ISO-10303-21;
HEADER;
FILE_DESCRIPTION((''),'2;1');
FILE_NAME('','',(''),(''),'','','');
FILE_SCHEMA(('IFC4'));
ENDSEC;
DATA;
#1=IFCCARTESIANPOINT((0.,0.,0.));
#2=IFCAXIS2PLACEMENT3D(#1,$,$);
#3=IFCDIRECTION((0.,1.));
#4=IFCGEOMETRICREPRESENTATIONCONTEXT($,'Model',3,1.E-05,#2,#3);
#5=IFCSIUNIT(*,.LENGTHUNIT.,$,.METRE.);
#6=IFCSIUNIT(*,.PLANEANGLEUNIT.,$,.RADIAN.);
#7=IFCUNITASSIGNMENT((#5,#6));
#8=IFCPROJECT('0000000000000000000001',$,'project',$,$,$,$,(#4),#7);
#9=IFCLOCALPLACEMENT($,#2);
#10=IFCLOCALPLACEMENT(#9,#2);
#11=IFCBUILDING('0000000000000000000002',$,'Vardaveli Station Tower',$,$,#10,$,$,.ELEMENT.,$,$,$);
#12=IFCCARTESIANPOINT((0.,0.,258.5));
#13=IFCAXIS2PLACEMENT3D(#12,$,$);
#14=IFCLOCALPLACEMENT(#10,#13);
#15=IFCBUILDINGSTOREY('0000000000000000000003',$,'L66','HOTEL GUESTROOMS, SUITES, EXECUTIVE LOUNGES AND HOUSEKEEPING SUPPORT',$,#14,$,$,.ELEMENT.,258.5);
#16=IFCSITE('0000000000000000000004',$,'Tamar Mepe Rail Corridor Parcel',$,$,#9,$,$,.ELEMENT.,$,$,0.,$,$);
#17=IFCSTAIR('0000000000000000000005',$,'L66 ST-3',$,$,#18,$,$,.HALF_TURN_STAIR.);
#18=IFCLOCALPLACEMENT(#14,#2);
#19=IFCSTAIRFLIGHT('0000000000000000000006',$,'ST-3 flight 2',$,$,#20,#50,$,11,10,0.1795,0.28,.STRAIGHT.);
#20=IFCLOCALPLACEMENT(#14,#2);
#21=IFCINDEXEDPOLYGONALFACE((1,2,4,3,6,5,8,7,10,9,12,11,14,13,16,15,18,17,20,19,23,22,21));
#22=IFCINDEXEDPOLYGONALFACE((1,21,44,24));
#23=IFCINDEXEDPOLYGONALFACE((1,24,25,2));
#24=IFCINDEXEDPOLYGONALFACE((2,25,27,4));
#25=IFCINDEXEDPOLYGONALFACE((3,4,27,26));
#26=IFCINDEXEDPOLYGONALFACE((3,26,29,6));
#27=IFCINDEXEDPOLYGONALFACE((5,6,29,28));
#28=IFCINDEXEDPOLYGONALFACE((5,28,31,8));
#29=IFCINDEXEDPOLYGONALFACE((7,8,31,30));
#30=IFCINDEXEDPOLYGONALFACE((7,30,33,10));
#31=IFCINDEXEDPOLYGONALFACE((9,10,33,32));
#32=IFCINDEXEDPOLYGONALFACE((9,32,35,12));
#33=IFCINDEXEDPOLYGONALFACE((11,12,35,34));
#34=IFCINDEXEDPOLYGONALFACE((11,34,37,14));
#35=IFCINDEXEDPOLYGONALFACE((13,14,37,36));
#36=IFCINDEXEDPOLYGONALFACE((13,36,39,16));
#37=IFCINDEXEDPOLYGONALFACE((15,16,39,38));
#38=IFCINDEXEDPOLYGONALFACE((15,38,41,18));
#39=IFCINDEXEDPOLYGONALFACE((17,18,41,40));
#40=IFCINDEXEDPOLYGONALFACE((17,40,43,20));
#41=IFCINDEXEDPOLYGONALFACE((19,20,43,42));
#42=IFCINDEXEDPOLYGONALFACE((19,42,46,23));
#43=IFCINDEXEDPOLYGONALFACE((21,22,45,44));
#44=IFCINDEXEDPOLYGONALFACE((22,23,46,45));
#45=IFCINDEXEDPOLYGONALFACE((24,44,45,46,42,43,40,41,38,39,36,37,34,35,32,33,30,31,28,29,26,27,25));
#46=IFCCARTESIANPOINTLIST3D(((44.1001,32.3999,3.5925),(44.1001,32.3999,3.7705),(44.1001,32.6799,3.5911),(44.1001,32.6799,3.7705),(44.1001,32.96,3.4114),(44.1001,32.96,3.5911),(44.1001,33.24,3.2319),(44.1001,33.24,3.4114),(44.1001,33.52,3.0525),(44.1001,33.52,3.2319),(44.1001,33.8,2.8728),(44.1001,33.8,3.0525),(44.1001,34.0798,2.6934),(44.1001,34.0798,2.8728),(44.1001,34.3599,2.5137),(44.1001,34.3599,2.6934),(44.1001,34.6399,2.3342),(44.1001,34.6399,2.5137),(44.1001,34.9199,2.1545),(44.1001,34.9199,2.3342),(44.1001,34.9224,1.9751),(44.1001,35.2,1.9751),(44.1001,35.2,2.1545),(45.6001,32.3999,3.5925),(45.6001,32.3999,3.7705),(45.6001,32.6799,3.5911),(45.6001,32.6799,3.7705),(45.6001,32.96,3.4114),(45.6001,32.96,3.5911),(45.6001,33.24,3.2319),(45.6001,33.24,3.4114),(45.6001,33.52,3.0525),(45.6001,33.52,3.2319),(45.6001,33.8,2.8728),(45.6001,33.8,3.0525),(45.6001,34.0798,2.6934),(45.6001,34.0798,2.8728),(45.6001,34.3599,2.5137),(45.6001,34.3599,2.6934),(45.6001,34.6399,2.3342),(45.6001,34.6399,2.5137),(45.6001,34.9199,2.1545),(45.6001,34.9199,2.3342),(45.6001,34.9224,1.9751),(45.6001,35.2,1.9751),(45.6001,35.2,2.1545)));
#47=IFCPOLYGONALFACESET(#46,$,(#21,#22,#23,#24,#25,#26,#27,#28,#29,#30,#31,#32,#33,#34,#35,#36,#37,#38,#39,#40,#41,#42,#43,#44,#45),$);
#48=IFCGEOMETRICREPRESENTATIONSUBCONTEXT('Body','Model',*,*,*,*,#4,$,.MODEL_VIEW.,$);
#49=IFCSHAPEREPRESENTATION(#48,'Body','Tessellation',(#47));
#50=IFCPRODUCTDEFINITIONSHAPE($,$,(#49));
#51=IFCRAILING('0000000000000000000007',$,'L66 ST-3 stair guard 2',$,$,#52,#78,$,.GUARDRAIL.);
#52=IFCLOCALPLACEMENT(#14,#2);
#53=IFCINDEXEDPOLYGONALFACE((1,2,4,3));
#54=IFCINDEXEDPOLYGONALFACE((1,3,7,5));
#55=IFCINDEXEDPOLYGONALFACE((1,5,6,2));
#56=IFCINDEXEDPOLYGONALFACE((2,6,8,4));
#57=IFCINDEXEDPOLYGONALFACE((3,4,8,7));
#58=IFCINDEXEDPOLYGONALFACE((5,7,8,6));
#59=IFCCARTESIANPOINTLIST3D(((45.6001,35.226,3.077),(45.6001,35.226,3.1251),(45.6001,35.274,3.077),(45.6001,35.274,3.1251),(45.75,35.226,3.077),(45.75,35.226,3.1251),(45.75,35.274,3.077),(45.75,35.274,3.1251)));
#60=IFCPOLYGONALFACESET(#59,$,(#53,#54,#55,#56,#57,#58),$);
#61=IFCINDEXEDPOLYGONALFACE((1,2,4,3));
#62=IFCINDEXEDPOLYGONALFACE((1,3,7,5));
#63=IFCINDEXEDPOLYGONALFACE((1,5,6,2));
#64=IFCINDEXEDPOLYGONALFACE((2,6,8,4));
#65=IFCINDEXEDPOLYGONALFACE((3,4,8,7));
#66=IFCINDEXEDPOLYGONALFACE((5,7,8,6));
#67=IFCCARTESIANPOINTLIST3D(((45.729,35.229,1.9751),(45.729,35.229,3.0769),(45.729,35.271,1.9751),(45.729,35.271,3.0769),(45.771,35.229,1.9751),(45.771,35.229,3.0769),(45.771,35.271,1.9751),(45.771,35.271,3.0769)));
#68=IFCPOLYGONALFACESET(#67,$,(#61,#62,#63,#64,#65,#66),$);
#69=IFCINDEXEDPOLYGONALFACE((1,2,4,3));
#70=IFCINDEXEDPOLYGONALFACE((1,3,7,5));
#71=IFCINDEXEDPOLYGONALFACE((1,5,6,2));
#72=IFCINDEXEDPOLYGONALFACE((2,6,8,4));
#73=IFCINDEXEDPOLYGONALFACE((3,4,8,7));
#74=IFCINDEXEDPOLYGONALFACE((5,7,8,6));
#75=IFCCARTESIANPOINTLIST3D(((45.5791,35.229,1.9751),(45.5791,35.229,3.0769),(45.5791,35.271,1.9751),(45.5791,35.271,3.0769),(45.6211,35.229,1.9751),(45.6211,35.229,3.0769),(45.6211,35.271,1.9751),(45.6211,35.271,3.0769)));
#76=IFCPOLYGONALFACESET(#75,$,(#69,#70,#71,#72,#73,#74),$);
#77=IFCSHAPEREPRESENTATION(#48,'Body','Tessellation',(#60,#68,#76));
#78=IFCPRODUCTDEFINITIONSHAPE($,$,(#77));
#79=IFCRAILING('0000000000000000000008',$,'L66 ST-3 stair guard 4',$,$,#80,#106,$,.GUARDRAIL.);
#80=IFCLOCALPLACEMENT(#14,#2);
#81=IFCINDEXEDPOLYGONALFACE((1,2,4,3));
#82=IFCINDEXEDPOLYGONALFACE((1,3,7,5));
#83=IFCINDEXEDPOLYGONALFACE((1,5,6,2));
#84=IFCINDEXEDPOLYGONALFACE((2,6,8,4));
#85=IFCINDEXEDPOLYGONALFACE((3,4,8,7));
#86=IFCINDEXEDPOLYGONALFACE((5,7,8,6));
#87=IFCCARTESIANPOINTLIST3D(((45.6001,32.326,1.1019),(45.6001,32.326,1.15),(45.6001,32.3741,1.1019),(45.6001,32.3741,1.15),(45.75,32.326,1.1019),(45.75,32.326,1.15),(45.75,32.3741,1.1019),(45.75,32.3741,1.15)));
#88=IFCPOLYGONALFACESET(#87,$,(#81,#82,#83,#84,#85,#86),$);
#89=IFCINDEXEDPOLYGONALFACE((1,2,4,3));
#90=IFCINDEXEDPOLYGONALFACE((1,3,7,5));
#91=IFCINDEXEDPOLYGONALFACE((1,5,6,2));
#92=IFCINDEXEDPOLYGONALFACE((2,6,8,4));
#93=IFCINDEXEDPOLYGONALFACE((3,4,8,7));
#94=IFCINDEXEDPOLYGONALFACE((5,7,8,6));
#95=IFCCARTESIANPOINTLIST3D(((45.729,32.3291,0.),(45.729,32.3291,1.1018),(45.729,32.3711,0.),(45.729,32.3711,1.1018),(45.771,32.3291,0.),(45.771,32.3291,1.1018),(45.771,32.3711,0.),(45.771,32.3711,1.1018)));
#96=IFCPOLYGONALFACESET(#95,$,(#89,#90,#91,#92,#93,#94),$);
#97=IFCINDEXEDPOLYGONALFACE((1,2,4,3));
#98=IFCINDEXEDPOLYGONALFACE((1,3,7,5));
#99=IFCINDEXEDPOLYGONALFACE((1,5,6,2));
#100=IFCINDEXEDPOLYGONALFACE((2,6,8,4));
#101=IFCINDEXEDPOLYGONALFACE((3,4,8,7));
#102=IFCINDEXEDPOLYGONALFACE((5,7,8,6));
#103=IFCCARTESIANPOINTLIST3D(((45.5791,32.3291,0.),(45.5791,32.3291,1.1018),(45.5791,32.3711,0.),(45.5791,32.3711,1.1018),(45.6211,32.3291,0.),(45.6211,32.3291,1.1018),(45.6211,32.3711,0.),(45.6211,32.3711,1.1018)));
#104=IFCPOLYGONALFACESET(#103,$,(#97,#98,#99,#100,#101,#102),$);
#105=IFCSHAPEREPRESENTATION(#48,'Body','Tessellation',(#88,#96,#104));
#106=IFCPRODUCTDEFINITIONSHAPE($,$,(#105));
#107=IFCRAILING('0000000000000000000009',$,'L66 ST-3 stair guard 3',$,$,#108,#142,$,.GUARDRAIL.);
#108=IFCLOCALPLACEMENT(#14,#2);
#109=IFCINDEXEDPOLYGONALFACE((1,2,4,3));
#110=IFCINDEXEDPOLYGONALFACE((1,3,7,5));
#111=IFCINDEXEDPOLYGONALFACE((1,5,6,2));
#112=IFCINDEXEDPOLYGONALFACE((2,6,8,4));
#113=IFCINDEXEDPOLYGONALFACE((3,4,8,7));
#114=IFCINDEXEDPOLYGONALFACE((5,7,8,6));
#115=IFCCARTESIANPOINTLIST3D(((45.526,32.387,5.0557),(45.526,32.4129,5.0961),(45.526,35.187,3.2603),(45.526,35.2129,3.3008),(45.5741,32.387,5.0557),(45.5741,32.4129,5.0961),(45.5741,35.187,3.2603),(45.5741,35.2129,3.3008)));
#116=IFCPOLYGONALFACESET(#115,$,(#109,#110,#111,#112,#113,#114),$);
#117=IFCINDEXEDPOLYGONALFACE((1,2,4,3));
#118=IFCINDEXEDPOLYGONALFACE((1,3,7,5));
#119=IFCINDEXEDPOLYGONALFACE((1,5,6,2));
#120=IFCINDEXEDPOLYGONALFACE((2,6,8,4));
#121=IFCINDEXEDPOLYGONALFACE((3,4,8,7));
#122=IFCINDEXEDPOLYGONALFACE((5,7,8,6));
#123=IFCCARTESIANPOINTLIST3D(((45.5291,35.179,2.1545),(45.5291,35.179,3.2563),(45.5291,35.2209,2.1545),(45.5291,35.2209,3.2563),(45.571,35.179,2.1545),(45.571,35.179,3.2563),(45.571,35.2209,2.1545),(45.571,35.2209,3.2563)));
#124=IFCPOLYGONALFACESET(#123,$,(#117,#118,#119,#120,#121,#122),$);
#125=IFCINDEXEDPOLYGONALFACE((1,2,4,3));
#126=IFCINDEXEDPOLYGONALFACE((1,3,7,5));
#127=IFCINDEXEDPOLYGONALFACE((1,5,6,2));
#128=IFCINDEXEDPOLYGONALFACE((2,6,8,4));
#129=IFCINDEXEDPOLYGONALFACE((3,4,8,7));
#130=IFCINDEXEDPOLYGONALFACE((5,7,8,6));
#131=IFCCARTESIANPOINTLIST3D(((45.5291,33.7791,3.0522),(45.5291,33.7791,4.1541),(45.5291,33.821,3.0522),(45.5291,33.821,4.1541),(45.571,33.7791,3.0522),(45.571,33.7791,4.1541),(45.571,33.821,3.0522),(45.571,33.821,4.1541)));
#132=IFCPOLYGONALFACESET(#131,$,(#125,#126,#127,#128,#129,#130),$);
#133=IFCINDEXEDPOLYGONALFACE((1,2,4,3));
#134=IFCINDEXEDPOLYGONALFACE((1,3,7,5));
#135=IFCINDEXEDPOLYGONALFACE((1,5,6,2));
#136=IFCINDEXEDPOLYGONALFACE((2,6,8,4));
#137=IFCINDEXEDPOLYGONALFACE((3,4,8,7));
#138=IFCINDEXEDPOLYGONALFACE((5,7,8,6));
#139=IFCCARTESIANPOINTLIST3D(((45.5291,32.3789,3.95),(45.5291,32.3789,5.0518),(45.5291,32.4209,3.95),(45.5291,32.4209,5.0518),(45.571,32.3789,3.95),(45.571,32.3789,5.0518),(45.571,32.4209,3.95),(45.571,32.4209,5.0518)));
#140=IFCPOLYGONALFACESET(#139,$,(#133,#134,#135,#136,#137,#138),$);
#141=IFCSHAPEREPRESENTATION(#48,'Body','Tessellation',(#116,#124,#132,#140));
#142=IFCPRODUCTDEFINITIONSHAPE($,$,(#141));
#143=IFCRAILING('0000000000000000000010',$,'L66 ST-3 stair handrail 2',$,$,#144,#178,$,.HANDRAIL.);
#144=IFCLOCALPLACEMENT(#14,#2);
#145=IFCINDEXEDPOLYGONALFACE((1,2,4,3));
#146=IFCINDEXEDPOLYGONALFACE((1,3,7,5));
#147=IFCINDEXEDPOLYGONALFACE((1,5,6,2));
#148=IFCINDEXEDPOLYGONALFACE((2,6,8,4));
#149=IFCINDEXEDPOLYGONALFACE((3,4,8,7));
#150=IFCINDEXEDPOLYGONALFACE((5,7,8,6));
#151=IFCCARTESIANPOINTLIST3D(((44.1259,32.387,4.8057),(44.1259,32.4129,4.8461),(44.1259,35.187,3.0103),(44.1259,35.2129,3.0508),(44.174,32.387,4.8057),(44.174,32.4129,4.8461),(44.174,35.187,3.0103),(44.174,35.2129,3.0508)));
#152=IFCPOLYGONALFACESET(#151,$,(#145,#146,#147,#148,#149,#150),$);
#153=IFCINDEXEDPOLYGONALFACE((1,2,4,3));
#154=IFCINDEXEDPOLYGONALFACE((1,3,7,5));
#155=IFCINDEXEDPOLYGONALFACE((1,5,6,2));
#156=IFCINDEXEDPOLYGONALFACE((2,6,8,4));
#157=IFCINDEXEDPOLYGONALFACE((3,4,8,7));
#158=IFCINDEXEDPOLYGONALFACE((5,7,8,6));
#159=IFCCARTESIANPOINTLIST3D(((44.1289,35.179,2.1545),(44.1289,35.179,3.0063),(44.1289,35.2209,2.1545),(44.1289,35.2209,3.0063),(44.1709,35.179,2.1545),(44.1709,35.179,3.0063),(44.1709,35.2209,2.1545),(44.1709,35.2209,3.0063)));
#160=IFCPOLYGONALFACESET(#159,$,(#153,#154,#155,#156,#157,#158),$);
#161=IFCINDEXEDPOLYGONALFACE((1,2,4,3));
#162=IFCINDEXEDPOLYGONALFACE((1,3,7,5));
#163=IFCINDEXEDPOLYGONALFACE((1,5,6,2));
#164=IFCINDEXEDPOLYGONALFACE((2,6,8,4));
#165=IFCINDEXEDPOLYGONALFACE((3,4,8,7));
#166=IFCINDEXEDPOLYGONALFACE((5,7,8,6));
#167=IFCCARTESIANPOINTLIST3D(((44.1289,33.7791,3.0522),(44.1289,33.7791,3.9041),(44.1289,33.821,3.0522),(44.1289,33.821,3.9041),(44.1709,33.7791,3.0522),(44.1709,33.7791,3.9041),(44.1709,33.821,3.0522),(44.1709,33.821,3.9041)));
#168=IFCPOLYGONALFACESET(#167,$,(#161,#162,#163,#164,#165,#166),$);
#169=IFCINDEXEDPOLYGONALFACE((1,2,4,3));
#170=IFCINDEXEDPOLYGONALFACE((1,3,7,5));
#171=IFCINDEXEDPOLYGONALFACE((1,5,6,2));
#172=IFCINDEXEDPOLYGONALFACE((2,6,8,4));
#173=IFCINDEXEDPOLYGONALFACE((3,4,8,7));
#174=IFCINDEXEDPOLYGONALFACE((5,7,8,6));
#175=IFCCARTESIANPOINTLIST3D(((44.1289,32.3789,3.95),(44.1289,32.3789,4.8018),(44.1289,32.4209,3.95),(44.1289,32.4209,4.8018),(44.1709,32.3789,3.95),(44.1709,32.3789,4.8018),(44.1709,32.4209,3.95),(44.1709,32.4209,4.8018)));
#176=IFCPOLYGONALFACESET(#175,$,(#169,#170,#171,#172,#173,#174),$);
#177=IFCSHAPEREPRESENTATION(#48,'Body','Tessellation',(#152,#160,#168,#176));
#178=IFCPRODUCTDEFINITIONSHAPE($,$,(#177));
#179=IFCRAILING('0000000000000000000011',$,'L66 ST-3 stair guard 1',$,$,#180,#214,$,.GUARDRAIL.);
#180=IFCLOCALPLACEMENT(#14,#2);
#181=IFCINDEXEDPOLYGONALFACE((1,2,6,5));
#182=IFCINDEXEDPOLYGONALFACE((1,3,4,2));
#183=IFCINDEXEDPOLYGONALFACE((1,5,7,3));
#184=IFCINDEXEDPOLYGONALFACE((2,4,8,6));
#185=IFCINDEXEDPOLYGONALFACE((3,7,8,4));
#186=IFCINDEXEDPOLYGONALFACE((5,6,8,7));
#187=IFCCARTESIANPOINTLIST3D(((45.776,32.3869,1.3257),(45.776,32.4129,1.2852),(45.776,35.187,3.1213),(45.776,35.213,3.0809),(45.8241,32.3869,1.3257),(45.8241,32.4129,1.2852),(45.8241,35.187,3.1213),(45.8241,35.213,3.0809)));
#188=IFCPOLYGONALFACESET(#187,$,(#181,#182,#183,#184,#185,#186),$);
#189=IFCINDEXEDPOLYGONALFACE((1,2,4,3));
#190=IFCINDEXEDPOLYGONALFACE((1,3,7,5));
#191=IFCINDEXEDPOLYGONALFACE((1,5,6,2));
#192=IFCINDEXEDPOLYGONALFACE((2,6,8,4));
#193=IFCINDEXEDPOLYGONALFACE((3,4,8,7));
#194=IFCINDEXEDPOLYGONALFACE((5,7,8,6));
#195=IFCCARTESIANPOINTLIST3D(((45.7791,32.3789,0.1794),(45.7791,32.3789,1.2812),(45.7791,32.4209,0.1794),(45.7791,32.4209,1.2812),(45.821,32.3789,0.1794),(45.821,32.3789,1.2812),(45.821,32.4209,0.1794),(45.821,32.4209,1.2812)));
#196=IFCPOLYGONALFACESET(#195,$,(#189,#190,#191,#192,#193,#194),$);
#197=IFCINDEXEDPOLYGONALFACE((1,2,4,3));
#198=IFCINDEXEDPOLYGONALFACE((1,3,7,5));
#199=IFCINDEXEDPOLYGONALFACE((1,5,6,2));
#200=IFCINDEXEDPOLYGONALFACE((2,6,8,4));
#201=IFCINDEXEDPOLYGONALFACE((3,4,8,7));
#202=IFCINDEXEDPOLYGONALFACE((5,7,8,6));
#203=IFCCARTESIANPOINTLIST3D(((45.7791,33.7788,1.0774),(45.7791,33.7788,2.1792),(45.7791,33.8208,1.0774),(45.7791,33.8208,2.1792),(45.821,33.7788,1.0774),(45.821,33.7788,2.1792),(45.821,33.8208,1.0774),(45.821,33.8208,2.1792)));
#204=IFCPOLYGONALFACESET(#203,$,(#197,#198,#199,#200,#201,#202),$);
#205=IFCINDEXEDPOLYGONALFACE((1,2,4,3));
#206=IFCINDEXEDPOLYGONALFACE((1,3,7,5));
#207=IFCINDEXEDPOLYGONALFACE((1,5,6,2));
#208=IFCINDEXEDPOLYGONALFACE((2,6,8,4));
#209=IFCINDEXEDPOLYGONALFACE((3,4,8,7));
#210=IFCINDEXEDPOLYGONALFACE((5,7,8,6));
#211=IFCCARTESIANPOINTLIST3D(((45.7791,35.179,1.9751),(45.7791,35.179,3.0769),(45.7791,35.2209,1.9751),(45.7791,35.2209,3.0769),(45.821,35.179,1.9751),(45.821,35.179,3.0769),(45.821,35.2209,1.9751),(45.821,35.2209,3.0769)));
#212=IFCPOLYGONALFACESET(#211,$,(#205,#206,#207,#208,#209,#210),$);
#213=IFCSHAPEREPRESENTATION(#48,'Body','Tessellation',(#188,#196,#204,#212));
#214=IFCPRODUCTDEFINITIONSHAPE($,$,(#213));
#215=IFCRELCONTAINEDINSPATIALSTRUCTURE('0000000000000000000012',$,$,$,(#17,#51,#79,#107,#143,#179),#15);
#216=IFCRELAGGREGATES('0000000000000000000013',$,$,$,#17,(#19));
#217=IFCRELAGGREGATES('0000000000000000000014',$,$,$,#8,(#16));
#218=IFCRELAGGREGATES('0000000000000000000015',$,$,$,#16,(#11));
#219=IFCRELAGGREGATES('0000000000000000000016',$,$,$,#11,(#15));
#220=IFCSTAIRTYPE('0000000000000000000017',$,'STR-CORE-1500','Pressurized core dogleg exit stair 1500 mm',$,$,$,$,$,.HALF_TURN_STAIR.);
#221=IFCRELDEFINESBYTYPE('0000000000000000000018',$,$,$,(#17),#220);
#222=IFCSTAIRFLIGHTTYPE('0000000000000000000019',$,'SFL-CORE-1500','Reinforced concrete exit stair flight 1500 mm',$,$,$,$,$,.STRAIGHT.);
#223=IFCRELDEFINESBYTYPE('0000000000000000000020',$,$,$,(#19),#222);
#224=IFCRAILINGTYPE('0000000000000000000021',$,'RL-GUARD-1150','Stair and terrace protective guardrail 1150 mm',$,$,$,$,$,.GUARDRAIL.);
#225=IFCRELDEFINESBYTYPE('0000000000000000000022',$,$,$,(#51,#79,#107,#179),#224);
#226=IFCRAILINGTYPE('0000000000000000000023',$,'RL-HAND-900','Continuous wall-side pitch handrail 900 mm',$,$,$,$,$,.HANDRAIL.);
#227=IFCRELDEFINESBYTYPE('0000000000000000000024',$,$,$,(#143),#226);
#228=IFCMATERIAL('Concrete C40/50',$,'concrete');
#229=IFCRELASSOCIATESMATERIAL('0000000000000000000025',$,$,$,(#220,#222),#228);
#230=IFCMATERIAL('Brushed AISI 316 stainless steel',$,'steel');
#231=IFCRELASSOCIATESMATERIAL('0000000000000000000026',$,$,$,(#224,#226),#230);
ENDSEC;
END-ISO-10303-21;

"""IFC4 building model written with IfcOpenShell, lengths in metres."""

from ifc_helpers import new_model, si_unit, direction, frame, origin, origin_2d, place, context, subcontext, project, spatial, polyline, rectangle, outline, extrude, source, transform, mapped, material, type_object, element, aggregate, save


model = new_model("IFC4")

# Units and contexts
model_context = context("Model", 3, precision=1e-05, world=origin(), true_north=direction((0.0, 1.0)))
body_context = subcontext(model_context, "Body", "Model", "MODEL_VIEW")
ifc_project = project(units=[si_unit("LENGTHUNIT", "METRE"), si_unit("PLANEANGLEUNIT", "RADIAN")], contexts=[model_context])

# Site, building, storey
site_placement = place(None, origin())
site = spatial("IfcSite", under=ifc_project, at=site_placement, Name="Tamar Mepe Rail Corridor Parcel", CompositionType="ELEMENT", RefElevation=0.0)
building_placement = place(site_placement, origin())
building = spatial("IfcBuilding", under=site, at=building_placement, Name="Vardaveli Station Tower", CompositionType="ELEMENT")
storey_placement = place(building_placement, frame((0.0, 0.0, 258.5)))
storey = spatial("IfcBuildingStorey", under=building, at=storey_placement, Name="L66", Description="HOTEL GUESTROOMS, SUITES, EXECUTIVE LOUNGES AND HOUSEKEEPING SUPPORT", CompositionType="ELEMENT", Elevation=258.5)

# Shared definitions
ifc_material_1 = material(Name="Concrete C40/50", Category="concrete")

# Stair, stair flight
stair_type = type_object("IfcStairType", Name="STR-CORE-1500", Description="Pressurized core dogleg exit stair 1500 mm", PredefinedType="HALF_TURN_STAIR", material=ifc_material_1)
stair_placement = place(storey_placement, origin())
stair = element("IfcStair", 1, at=stair_placement, inside=storey, type_object=stair_type, Name="L66 ST-3", PredefinedType="HALF_TURN_STAIR")
stair_flight_type = type_object("IfcStairFlightType", Name="SFL-CORE-1500", Description="Reinforced concrete exit stair flight 1500 mm", PredefinedType="STRAIGHT", material=ifc_material_1)
shared_shape_1 = source(origin(), body_context, "Body", "SweptSolid", [
    extrude(outline(polyline([(0.0, 0.0), (0.0, 0.1794), (0.28, 0.1794), (0.28, 0.3591), (0.5601, 0.3591), (0.5601, 0.5386), (0.8401, 0.5386), (0.8401, 0.7183), (1.1201, 0.7183), (1.1201, 0.8977), (1.3999, 0.8977), (1.3999, 1.0774), (1.6799, 1.0774), (1.6799, 1.2568), (1.96, 1.2568), (1.96, 1.4363), (2.24, 1.4363), (2.24, 1.616), (2.52, 1.616), (2.52, 1.7954), (2.8, 1.7954), (2.8, 1.9751), (2.8, 1.6174), (0.2776, 0.0), (0.0, 0.0)])), frame((0.0, 0.75, 0.0), z_axis=(0.0, -1.0, 0.0), x_axis=(1.0, 0.0, 0.0)), (0.0, 0.0, 1.0), 1.5),
])
stair_flight_1_placement = place(storey_placement, frame((44.8501, 35.2, 1.9751), z_axis=(0.0, 0.0, 1.0), x_axis=(0.0, -1.0, 0.0)))
stair_flight_1 = element("IfcStairFlight", 2, at=stair_flight_1_placement, type_object=stair_flight_type, Name="ST-3 flight 2", NumberOfRisers=11, NumberOfTreads=10, PredefinedType="STRAIGHT", RiserHeight=0.1795, TreadLength=0.28, context=body_context, shape_type="MappedRepresentation", body=[
    mapped(shared_shape_1, transform((0.0, 0.0, 0.0), scale=1.0)),
])
aggregate(stair, [stair_flight_1])

# Railings
ifc_material_2 = material(Name="Brushed AISI 316 stainless steel", Category="steel")
railing_type_1 = type_object("IfcRailingType", Name="RL-GUARD-1150", Description="Stair and terrace protective guardrail 1150 mm", PredefinedType="GUARDRAIL", material=ifc_material_2)
shared_shape_2 = source(origin(), body_context, "Body", "SweptSolid", [
    extrude(rectangle(XDim=0.0481, YDim=0.0481, at=origin_2d()), frame((0.0, 0.0, 1.126), z_axis=(-1.0, 0.0, 0.0), x_axis=(0.0, -1.0, 0.0)), (0.0, 0.0, 1.0), 0.1499),
    extrude(rectangle(XDim=0.042, YDim=0.042, at=origin_2d()), origin(), (0.0, 0.0, 1.0), 1.1018),
    extrude(rectangle(XDim=0.042, YDim=0.042, at=origin_2d()), frame((-0.1499, 0.0, 0.0)), (0.0, 0.0, 1.0), 1.1018),
])
for number, where, name in (
    (3, (45.75, 35.25, 1.9751), "L66 ST-3 stair guard 2"),
    (4, (45.75, 32.3501, 0.0), "L66 ST-3 stair guard 4"),
):
    element("IfcRailing", number, at=place(storey_placement, frame(where)), inside=storey, type_object=railing_type_1, Name=name, PredefinedType="GUARDRAIL", context=body_context, shape_type="MappedRepresentation", body=[
        mapped(shared_shape_2, transform((0.0, 0.0, 0.0), scale=1.0)),
    ])
shared_shape_3 = source(origin(), body_context, "Body", "SweptSolid", [
    extrude(rectangle(XDim=0.0481, YDim=0.0481, at=origin_2d()), frame((0.0, 0.0, 1.126), z_axis=(0.0, -0.84181, 0.539774), x_axis=(1.0, 0.0, 0.0)), (0.0, 0.0, 1.0), 3.3262),
    extrude(rectangle(XDim=0.042, YDim=0.042, at=origin_2d()), origin(), (0.0, 0.0, 1.0), 1.1018),
    extrude(rectangle(XDim=0.042, YDim=0.042, at=origin_2d()), frame((0.0, -1.3999, 0.8977)), (0.0, 0.0, 1.0), 1.1018),
    extrude(rectangle(XDim=0.042, YDim=0.042, at=origin_2d()), frame((0.0, -2.8, 1.7954)), (0.0, 0.0, 1.0), 1.1018),
])
railing_1_placement = place(storey_placement, frame((45.55, 35.2, 2.1545)))
element("IfcRailing", 5, at=railing_1_placement, inside=storey, type_object=railing_type_1, Name="L66 ST-3 stair guard 3", PredefinedType="GUARDRAIL", context=body_context, shape_type="MappedRepresentation", body=[
    mapped(shared_shape_3, transform((0.0, 0.0, 0.0), scale=1.0)),
])
railing_type_2 = type_object("IfcRailingType", Name="RL-HAND-900", Description="Continuous wall-side pitch handrail 900 mm", PredefinedType="HANDRAIL", material=ifc_material_2)
shared_shape_4 = source(origin(), body_context, "Body", "SweptSolid", [
    extrude(rectangle(XDim=0.0481, YDim=0.0481, at=origin_2d()), frame((0.0, 0.0, 0.876), z_axis=(0.0, -0.84181, 0.539774), x_axis=(1.0, 0.0, 0.0)), (0.0, 0.0, 1.0), 3.3262),
    extrude(rectangle(XDim=0.042, YDim=0.042, at=origin_2d()), origin(), (0.0, 0.0, 1.0), 0.8518),
    extrude(rectangle(XDim=0.042, YDim=0.042, at=origin_2d()), frame((0.0, -1.3999, 0.8977)), (0.0, 0.0, 1.0), 0.8518),
    extrude(rectangle(XDim=0.042, YDim=0.042, at=origin_2d()), frame((0.0, -2.8, 1.7954)), (0.0, 0.0, 1.0), 0.8518),
])
railing_2_placement = place(storey_placement, frame((44.1499, 35.2, 2.1545)))
element("IfcRailing", 6, at=railing_2_placement, inside=storey, type_object=railing_type_2, Name="L66 ST-3 stair handrail 2", PredefinedType="HANDRAIL", context=body_context, shape_type="MappedRepresentation", body=[
    mapped(shared_shape_4, transform((0.0, 0.0, 0.0), scale=1.0)),
])
shared_shape_5 = source(origin(), body_context, "Body", "SweptSolid", [
    extrude(rectangle(XDim=0.0481, YDim=0.0481, at=origin_2d()), frame((0.0, 0.0, 1.126), z_axis=(0.0, 0.841777, 0.539826), x_axis=(-1.0, 0.0, 0.0)), (0.0, 0.0, 1.0), 3.3264),
    extrude(rectangle(XDim=0.042, YDim=0.042, at=origin_2d()), origin(), (0.0, 0.0, 1.0), 1.1018),
    extrude(rectangle(XDim=0.042, YDim=0.042, at=origin_2d()), frame((0.0, 1.3999, 0.8979)), (0.0, 0.0, 1.0), 1.1018),
    extrude(rectangle(XDim=0.042, YDim=0.042, at=origin_2d()), frame((0.0, 2.8, 1.7957)), (0.0, 0.0, 1.0), 1.1018),
])
railing_3_placement = place(storey_placement, frame((45.8, 32.3999, 0.1794)))
element("IfcRailing", 7, at=railing_3_placement, inside=storey, type_object=railing_type_1, Name="L66 ST-3 stair guard 1", PredefinedType="GUARDRAIL", context=body_context, shape_type="MappedRepresentation", body=[
    mapped(shared_shape_5, transform((0.0, 0.0, 0.0), scale=1.0)),
])

save(model, "model.ifc")
